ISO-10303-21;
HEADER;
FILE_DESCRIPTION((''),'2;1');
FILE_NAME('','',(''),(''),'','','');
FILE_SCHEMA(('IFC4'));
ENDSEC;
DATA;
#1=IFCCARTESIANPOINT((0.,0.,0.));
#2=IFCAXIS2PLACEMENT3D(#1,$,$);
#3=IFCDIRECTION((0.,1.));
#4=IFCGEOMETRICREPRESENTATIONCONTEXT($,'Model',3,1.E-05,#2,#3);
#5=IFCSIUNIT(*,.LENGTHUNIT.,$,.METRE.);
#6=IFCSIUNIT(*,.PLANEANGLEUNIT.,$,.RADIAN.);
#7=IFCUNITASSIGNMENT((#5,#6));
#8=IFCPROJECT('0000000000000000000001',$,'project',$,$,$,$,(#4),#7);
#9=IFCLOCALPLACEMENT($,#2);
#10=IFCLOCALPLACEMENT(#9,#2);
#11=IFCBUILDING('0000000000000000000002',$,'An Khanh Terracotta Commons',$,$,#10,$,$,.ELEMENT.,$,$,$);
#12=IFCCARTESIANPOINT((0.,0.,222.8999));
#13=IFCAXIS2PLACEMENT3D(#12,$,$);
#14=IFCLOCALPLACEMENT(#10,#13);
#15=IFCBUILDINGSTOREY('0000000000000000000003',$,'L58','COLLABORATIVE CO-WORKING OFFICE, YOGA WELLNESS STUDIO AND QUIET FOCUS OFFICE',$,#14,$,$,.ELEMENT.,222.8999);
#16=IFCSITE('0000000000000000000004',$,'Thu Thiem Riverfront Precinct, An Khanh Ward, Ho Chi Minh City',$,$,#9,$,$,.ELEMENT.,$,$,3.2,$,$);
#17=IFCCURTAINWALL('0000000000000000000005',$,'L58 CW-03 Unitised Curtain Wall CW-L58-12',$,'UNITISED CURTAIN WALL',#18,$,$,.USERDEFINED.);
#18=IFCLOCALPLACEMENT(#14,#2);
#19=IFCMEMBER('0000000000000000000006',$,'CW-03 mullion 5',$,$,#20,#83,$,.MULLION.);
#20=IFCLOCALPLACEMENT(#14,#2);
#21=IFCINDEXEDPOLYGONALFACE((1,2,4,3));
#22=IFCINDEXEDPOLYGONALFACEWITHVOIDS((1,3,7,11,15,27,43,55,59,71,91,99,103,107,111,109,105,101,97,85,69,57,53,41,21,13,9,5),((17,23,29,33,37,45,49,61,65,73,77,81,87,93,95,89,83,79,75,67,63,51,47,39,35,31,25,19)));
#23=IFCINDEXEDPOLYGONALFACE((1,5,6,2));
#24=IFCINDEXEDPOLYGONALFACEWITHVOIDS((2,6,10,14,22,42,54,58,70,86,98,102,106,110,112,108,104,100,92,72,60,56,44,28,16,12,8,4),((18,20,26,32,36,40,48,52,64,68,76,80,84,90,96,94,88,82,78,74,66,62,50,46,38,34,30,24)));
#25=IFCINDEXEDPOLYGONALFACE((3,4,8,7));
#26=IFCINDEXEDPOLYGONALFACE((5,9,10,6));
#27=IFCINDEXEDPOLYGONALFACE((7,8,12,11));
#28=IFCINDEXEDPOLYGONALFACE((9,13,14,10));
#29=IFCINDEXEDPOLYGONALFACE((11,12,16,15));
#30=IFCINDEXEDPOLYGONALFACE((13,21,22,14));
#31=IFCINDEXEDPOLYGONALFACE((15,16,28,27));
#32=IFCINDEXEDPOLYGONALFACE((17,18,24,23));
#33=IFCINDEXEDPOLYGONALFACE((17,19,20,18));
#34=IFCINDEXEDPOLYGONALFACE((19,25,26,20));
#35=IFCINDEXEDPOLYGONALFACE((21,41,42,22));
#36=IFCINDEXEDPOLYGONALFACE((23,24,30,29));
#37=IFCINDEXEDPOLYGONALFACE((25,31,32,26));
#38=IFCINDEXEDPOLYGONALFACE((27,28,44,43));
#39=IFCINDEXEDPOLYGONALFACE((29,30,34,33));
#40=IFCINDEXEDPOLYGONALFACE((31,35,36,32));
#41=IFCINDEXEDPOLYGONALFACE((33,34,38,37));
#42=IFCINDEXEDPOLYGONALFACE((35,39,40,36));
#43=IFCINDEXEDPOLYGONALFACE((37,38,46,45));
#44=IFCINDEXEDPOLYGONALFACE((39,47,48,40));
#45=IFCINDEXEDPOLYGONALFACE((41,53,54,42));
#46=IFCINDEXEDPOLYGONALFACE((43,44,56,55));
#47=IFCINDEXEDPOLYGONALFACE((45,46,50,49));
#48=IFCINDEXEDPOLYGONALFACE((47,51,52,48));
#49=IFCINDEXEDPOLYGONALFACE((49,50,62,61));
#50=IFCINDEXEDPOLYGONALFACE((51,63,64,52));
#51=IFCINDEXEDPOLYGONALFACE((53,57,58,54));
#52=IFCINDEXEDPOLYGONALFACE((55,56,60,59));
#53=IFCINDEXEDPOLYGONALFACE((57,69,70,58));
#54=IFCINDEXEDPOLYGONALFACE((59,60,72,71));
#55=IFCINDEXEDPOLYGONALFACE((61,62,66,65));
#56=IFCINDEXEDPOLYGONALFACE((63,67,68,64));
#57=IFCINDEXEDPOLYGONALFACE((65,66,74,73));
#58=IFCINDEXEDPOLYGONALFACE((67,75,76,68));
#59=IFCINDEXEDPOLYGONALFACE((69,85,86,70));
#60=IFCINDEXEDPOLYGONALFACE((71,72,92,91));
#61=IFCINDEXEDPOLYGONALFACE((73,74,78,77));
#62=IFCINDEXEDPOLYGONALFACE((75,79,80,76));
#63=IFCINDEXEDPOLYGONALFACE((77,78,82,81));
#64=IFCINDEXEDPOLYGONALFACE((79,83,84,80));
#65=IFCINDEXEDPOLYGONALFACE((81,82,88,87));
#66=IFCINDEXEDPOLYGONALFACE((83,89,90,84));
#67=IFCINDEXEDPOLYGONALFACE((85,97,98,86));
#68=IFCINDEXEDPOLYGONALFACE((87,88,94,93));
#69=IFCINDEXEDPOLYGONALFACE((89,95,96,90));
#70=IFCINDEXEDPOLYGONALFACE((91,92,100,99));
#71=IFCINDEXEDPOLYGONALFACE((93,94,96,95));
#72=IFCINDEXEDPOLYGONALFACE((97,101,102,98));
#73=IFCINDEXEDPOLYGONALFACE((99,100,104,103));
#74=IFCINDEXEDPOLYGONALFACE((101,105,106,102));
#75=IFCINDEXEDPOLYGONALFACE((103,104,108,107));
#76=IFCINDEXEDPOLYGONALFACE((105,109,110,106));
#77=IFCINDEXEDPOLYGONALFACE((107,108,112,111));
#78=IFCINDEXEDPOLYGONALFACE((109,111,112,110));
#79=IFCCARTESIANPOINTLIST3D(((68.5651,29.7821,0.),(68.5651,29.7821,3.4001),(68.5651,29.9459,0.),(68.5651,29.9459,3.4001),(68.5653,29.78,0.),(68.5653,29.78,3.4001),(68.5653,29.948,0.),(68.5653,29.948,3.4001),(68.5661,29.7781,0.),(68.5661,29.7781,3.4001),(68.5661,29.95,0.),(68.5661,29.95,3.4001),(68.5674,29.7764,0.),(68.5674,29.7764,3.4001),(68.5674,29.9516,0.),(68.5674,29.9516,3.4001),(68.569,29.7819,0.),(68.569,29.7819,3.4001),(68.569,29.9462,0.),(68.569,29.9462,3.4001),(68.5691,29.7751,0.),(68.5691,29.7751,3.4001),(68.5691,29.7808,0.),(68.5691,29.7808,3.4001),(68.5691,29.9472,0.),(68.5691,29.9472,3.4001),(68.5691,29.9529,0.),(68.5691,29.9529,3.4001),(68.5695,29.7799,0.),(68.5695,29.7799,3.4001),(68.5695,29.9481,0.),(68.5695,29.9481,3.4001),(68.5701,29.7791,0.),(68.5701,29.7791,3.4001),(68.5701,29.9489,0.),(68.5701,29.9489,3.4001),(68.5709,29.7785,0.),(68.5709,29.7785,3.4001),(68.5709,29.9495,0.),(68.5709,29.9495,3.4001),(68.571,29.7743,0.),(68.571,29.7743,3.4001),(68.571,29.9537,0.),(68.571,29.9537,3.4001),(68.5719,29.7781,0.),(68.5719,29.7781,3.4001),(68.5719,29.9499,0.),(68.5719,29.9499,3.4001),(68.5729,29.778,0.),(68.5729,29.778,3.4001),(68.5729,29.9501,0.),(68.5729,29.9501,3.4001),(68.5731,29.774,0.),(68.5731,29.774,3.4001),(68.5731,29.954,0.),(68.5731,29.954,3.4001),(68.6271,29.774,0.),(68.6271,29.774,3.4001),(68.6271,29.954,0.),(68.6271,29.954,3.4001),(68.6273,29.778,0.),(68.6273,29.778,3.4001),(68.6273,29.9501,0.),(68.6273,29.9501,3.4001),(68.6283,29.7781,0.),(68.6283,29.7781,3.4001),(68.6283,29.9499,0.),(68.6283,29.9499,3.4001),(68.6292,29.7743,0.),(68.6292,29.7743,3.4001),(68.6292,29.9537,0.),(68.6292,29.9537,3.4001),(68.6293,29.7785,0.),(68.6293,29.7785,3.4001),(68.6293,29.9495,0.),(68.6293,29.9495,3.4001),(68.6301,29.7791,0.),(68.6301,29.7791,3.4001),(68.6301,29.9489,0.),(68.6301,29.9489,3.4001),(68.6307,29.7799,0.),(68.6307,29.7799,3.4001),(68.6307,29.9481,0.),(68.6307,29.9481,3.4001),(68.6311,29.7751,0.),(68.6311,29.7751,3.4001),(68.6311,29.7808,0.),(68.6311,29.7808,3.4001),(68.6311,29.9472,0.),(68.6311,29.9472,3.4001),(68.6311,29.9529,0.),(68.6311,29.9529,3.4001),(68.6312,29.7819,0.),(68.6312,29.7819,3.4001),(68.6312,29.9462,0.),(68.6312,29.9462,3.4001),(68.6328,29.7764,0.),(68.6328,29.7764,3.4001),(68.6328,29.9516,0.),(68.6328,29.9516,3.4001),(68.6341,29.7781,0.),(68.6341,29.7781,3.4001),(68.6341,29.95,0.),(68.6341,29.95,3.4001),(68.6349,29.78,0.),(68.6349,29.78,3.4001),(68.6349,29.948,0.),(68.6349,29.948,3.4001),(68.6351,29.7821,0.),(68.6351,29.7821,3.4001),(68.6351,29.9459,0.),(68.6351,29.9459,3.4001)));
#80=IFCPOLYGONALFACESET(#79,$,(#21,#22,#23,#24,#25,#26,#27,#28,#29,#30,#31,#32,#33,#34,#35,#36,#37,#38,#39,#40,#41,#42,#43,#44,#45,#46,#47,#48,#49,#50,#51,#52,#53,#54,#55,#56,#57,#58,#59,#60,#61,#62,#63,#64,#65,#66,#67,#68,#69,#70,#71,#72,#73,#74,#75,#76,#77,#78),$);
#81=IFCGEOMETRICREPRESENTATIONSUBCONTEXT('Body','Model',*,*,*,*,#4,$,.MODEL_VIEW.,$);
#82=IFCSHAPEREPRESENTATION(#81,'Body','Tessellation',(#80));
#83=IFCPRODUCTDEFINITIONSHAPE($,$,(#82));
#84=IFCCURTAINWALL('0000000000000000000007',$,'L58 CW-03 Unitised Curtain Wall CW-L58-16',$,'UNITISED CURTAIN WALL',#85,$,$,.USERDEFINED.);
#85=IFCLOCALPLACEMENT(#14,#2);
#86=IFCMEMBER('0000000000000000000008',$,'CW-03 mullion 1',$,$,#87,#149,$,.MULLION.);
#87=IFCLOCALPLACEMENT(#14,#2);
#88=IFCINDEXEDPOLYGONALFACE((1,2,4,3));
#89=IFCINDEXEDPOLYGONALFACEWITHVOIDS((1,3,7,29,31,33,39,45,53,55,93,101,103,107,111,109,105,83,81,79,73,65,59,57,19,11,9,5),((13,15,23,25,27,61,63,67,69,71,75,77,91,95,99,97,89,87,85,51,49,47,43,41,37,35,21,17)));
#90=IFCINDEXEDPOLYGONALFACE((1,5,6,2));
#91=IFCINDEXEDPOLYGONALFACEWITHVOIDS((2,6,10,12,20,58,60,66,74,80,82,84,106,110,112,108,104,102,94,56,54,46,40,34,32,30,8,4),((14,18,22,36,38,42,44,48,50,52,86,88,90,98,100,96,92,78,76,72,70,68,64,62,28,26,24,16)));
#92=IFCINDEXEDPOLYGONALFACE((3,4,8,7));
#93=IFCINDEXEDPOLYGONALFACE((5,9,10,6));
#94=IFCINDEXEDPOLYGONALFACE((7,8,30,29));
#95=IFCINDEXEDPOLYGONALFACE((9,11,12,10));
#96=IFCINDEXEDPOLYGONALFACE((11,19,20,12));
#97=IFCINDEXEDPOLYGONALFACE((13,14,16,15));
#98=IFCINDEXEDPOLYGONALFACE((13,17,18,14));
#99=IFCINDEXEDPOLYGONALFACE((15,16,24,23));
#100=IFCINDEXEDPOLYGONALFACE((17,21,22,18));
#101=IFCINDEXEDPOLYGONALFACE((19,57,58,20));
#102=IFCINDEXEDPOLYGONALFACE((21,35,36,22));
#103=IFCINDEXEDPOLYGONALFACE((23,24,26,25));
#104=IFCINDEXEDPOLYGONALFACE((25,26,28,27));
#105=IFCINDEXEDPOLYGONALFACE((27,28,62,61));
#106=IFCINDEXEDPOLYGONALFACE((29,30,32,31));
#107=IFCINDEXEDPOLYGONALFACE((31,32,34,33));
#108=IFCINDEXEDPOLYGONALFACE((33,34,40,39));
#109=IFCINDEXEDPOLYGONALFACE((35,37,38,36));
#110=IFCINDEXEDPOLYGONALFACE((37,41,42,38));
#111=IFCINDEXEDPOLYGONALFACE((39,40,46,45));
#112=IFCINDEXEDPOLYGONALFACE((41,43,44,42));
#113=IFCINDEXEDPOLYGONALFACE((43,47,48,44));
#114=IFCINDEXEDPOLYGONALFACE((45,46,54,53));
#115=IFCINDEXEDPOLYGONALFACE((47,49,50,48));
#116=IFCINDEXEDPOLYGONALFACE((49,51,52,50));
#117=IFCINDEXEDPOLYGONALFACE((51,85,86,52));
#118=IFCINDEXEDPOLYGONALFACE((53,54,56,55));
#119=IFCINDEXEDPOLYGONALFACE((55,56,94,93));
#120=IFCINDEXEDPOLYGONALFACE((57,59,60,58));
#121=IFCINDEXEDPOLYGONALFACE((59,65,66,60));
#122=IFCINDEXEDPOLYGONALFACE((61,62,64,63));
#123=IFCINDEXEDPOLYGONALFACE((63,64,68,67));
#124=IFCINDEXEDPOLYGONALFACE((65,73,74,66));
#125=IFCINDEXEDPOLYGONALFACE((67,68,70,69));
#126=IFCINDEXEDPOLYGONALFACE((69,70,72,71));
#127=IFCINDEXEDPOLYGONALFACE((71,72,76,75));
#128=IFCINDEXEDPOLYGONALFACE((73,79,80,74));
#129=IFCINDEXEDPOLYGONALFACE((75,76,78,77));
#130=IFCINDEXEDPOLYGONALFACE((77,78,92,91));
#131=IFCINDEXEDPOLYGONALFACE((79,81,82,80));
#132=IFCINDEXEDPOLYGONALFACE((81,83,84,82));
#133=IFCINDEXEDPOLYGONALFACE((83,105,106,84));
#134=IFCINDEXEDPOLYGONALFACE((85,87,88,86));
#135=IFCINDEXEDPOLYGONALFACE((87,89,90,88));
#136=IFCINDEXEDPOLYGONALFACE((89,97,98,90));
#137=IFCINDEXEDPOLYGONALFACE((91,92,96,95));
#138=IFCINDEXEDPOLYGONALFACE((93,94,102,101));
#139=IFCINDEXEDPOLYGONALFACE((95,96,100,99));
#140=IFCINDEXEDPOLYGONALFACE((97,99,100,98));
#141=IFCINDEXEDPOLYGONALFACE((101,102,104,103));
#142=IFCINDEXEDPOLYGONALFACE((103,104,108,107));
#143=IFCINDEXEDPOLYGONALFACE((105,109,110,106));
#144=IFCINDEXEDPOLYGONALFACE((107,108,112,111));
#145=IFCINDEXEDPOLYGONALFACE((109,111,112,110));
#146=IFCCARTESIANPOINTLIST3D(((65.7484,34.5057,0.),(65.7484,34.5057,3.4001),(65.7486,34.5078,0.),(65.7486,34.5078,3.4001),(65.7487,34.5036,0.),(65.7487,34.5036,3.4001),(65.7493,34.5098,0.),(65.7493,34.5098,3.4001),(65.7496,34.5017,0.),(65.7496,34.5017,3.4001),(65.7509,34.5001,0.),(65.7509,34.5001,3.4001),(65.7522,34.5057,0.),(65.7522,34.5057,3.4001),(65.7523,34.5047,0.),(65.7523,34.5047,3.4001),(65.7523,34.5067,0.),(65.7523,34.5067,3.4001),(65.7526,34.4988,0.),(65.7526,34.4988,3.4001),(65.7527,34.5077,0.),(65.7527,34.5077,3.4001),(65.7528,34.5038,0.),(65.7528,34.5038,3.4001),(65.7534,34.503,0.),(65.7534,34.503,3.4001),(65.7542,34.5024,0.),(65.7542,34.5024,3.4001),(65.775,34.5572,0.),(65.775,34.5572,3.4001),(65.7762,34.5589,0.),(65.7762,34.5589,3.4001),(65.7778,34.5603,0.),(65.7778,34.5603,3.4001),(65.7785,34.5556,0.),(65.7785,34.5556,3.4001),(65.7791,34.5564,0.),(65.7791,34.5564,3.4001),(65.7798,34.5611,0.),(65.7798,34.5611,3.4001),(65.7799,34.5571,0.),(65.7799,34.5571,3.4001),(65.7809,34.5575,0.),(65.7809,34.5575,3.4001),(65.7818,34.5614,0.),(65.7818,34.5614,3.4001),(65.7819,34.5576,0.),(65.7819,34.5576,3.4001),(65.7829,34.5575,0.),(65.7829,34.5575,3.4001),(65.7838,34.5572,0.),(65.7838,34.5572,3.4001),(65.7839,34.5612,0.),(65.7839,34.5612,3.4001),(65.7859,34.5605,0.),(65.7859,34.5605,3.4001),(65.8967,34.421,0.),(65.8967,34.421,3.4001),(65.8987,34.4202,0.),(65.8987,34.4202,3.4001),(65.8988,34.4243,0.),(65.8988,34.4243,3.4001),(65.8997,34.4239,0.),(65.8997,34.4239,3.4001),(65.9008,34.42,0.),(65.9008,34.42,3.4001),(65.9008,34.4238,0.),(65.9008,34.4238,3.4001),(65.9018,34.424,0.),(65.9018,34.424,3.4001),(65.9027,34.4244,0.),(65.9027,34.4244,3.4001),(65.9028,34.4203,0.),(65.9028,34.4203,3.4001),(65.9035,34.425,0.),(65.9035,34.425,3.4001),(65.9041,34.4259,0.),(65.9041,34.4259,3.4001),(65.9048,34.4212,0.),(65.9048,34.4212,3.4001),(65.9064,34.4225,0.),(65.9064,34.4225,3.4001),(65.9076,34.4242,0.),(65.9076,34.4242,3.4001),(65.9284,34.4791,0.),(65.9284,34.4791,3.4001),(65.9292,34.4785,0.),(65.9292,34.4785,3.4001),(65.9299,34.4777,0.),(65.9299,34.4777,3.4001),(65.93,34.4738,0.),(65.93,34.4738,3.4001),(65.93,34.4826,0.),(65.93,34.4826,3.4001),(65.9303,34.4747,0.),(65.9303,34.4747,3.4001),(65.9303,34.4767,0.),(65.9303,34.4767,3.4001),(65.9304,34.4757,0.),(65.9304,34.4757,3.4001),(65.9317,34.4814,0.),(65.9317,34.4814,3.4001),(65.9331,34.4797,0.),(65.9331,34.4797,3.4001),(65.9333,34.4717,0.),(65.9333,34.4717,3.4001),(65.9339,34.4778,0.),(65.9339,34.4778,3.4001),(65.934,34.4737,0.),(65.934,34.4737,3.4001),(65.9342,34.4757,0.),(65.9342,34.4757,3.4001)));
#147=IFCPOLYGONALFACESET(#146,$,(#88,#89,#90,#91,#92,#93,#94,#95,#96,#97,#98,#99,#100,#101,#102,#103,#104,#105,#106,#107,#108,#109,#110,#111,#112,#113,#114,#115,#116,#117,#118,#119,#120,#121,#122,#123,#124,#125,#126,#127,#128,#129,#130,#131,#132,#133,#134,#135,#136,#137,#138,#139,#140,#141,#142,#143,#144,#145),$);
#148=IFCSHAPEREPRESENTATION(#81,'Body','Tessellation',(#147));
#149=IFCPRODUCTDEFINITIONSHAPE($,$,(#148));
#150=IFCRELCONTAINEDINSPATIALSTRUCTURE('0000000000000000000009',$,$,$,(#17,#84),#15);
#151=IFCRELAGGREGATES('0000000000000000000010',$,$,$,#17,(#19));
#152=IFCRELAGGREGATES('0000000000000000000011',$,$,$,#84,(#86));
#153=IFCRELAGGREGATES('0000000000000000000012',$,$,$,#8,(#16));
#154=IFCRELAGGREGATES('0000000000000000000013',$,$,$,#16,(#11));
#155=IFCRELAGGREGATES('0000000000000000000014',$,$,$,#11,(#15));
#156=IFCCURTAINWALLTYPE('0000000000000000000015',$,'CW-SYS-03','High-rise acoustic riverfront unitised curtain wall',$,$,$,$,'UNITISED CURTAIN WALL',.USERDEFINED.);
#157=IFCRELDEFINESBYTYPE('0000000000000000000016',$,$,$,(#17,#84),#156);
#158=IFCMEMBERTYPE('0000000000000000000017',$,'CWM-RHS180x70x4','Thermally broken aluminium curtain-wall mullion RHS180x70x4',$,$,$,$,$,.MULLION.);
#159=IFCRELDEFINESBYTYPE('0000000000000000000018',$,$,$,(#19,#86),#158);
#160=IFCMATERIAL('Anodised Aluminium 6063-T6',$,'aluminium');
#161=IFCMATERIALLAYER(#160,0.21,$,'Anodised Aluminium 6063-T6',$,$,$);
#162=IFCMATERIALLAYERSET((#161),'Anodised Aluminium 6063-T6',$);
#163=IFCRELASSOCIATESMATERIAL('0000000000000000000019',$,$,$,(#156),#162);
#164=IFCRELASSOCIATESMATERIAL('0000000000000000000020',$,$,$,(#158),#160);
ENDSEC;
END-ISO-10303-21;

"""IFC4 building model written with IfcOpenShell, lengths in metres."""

from ifc_helpers import new_model, si_unit, direction, frame, origin, origin_2d, place, context, subcontext, project, spatial, hollow_rectangle, extrude, material, layer, layer_set, material_profile, profile_set, type_object, element, aggregate, save


model = new_model("IFC4")

# Units and contexts
model_context = context("Model", 3, precision=1e-05, world=origin(), true_north=direction((0.0, 1.0)))
body_context = subcontext(model_context, "Body", "Model", "MODEL_VIEW")
ifc_project = project(units=[si_unit("LENGTHUNIT", "METRE"), si_unit("PLANEANGLEUNIT", "RADIAN")], contexts=[model_context])

# Site, building, storey
site_placement = place(None, origin())
site = spatial("IfcSite", under=ifc_project, at=site_placement, Name="Thu Thiem Riverfront Precinct, An Khanh Ward, Ho Chi Minh City", CompositionType="ELEMENT", RefElevation=3.2)
building_placement = place(site_placement, origin())
building = spatial("IfcBuilding", under=site, at=building_placement, Name="An Khanh Terracotta Commons", CompositionType="ELEMENT")
storey_placement = place(building_placement, frame((0.0, 0.0, 222.8999)))
storey = spatial("IfcBuildingStorey", under=building, at=storey_placement, Name="L58", Description="COLLABORATIVE CO-WORKING OFFICE, YOGA WELLNESS STUDIO AND QUIET FOCUS OFFICE", CompositionType="ELEMENT", Elevation=222.8999)

# Curtain walls, members
ifc_material_1 = material(Name="Anodised Aluminium 6063-T6", Category="aluminium")
ifc_layer_1 = layer(ifc_material_1, 0.21, Name="Anodised Aluminium 6063-T6")
ifc_layer_set_1 = layer_set([ifc_layer_1], Name="Anodised Aluminium 6063-T6")
curtain_wall_type = type_object("IfcCurtainWallType", Name="CW-SYS-03", Description="High-rise acoustic riverfront unitised curtain wall", ElementType="UNITISED CURTAIN WALL", PredefinedType="USERDEFINED", material=ifc_layer_set_1)
curtain_wall_1_placement = place(storey_placement, origin())
curtain_wall_1 = element("IfcCurtainWall", 1, at=curtain_wall_1_placement, inside=storey, type_object=curtain_wall_type, Name="L58 CW-03 Unitised Curtain Wall CW-L58-12", ObjectType="UNITISED CURTAIN WALL", PredefinedType="USERDEFINED")
ifc_material_profile_1 = material_profile(ifc_material_1, hollow_rectangle(XDim=0.0701, YDim=0.1799, WallThickness=0.0039, InnerFilletRadius=0.0039, OuterFilletRadius=0.0081, at=origin_2d()), Name="RHS180x70x4")
ifc_profile_set_1 = profile_set([ifc_material_profile_1], Name="Anodised Aluminium 6063-T6")
member_type_1 = type_object("IfcMemberType", Name="CWM-RHS180x70x4", Description="Thermally broken aluminium curtain-wall mullion RHS180x70x4", PredefinedType="MULLION", material=ifc_profile_set_1)
member_1_placement = place(storey_placement, frame((68.6001, 29.864, 0.0), z_axis=(0.0, 0.0, 1.0), x_axis=(-1.0, 0.0, 0.0)))
member_1 = element("IfcMember", 2, at=member_1_placement, type_object=member_type_1, Name="CW-03 mullion 5", PredefinedType="MULLION", context=body_context, shape_type="SweptSolid", body=[
    extrude(hollow_rectangle(XDim=0.0701, YDim=0.1799, WallThickness=0.0039, InnerFilletRadius=0.0039, OuterFilletRadius=0.0081, at=origin_2d()), origin(), (0.0, 0.0, 1.0), 3.4001),
])
curtain_wall_2_placement = place(storey_placement, origin())
curtain_wall_2 = element("IfcCurtainWall", 3, at=curtain_wall_2_placement, inside=storey, type_object=curtain_wall_type, Name="L58 CW-03 Unitised Curtain Wall CW-L58-16", ObjectType="UNITISED CURTAIN WALL", PredefinedType="USERDEFINED")
member_2_placement = place(storey_placement, frame((65.8413, 34.4907, 0.0), z_axis=(0.0, 0.0, 1.0), x_axis=(-0.475381, -0.87978, 0.0)))
member_2 = element("IfcMember", 4, at=member_2_placement, type_object=member_type_1, Name="CW-03 mullion 1", PredefinedType="MULLION", context=body_context, shape_type="SweptSolid", body=[
    extrude(hollow_rectangle(XDim=0.0701, YDim=0.1799, WallThickness=0.0039, InnerFilletRadius=0.0039, OuterFilletRadius=0.0081, at=origin_2d()), origin(), (0.0, 0.0, 1.0), 3.4001),
])

aggregate(curtain_wall_1, [member_1])
aggregate(curtain_wall_2, [member_2])

save(model, "model.ifc")
